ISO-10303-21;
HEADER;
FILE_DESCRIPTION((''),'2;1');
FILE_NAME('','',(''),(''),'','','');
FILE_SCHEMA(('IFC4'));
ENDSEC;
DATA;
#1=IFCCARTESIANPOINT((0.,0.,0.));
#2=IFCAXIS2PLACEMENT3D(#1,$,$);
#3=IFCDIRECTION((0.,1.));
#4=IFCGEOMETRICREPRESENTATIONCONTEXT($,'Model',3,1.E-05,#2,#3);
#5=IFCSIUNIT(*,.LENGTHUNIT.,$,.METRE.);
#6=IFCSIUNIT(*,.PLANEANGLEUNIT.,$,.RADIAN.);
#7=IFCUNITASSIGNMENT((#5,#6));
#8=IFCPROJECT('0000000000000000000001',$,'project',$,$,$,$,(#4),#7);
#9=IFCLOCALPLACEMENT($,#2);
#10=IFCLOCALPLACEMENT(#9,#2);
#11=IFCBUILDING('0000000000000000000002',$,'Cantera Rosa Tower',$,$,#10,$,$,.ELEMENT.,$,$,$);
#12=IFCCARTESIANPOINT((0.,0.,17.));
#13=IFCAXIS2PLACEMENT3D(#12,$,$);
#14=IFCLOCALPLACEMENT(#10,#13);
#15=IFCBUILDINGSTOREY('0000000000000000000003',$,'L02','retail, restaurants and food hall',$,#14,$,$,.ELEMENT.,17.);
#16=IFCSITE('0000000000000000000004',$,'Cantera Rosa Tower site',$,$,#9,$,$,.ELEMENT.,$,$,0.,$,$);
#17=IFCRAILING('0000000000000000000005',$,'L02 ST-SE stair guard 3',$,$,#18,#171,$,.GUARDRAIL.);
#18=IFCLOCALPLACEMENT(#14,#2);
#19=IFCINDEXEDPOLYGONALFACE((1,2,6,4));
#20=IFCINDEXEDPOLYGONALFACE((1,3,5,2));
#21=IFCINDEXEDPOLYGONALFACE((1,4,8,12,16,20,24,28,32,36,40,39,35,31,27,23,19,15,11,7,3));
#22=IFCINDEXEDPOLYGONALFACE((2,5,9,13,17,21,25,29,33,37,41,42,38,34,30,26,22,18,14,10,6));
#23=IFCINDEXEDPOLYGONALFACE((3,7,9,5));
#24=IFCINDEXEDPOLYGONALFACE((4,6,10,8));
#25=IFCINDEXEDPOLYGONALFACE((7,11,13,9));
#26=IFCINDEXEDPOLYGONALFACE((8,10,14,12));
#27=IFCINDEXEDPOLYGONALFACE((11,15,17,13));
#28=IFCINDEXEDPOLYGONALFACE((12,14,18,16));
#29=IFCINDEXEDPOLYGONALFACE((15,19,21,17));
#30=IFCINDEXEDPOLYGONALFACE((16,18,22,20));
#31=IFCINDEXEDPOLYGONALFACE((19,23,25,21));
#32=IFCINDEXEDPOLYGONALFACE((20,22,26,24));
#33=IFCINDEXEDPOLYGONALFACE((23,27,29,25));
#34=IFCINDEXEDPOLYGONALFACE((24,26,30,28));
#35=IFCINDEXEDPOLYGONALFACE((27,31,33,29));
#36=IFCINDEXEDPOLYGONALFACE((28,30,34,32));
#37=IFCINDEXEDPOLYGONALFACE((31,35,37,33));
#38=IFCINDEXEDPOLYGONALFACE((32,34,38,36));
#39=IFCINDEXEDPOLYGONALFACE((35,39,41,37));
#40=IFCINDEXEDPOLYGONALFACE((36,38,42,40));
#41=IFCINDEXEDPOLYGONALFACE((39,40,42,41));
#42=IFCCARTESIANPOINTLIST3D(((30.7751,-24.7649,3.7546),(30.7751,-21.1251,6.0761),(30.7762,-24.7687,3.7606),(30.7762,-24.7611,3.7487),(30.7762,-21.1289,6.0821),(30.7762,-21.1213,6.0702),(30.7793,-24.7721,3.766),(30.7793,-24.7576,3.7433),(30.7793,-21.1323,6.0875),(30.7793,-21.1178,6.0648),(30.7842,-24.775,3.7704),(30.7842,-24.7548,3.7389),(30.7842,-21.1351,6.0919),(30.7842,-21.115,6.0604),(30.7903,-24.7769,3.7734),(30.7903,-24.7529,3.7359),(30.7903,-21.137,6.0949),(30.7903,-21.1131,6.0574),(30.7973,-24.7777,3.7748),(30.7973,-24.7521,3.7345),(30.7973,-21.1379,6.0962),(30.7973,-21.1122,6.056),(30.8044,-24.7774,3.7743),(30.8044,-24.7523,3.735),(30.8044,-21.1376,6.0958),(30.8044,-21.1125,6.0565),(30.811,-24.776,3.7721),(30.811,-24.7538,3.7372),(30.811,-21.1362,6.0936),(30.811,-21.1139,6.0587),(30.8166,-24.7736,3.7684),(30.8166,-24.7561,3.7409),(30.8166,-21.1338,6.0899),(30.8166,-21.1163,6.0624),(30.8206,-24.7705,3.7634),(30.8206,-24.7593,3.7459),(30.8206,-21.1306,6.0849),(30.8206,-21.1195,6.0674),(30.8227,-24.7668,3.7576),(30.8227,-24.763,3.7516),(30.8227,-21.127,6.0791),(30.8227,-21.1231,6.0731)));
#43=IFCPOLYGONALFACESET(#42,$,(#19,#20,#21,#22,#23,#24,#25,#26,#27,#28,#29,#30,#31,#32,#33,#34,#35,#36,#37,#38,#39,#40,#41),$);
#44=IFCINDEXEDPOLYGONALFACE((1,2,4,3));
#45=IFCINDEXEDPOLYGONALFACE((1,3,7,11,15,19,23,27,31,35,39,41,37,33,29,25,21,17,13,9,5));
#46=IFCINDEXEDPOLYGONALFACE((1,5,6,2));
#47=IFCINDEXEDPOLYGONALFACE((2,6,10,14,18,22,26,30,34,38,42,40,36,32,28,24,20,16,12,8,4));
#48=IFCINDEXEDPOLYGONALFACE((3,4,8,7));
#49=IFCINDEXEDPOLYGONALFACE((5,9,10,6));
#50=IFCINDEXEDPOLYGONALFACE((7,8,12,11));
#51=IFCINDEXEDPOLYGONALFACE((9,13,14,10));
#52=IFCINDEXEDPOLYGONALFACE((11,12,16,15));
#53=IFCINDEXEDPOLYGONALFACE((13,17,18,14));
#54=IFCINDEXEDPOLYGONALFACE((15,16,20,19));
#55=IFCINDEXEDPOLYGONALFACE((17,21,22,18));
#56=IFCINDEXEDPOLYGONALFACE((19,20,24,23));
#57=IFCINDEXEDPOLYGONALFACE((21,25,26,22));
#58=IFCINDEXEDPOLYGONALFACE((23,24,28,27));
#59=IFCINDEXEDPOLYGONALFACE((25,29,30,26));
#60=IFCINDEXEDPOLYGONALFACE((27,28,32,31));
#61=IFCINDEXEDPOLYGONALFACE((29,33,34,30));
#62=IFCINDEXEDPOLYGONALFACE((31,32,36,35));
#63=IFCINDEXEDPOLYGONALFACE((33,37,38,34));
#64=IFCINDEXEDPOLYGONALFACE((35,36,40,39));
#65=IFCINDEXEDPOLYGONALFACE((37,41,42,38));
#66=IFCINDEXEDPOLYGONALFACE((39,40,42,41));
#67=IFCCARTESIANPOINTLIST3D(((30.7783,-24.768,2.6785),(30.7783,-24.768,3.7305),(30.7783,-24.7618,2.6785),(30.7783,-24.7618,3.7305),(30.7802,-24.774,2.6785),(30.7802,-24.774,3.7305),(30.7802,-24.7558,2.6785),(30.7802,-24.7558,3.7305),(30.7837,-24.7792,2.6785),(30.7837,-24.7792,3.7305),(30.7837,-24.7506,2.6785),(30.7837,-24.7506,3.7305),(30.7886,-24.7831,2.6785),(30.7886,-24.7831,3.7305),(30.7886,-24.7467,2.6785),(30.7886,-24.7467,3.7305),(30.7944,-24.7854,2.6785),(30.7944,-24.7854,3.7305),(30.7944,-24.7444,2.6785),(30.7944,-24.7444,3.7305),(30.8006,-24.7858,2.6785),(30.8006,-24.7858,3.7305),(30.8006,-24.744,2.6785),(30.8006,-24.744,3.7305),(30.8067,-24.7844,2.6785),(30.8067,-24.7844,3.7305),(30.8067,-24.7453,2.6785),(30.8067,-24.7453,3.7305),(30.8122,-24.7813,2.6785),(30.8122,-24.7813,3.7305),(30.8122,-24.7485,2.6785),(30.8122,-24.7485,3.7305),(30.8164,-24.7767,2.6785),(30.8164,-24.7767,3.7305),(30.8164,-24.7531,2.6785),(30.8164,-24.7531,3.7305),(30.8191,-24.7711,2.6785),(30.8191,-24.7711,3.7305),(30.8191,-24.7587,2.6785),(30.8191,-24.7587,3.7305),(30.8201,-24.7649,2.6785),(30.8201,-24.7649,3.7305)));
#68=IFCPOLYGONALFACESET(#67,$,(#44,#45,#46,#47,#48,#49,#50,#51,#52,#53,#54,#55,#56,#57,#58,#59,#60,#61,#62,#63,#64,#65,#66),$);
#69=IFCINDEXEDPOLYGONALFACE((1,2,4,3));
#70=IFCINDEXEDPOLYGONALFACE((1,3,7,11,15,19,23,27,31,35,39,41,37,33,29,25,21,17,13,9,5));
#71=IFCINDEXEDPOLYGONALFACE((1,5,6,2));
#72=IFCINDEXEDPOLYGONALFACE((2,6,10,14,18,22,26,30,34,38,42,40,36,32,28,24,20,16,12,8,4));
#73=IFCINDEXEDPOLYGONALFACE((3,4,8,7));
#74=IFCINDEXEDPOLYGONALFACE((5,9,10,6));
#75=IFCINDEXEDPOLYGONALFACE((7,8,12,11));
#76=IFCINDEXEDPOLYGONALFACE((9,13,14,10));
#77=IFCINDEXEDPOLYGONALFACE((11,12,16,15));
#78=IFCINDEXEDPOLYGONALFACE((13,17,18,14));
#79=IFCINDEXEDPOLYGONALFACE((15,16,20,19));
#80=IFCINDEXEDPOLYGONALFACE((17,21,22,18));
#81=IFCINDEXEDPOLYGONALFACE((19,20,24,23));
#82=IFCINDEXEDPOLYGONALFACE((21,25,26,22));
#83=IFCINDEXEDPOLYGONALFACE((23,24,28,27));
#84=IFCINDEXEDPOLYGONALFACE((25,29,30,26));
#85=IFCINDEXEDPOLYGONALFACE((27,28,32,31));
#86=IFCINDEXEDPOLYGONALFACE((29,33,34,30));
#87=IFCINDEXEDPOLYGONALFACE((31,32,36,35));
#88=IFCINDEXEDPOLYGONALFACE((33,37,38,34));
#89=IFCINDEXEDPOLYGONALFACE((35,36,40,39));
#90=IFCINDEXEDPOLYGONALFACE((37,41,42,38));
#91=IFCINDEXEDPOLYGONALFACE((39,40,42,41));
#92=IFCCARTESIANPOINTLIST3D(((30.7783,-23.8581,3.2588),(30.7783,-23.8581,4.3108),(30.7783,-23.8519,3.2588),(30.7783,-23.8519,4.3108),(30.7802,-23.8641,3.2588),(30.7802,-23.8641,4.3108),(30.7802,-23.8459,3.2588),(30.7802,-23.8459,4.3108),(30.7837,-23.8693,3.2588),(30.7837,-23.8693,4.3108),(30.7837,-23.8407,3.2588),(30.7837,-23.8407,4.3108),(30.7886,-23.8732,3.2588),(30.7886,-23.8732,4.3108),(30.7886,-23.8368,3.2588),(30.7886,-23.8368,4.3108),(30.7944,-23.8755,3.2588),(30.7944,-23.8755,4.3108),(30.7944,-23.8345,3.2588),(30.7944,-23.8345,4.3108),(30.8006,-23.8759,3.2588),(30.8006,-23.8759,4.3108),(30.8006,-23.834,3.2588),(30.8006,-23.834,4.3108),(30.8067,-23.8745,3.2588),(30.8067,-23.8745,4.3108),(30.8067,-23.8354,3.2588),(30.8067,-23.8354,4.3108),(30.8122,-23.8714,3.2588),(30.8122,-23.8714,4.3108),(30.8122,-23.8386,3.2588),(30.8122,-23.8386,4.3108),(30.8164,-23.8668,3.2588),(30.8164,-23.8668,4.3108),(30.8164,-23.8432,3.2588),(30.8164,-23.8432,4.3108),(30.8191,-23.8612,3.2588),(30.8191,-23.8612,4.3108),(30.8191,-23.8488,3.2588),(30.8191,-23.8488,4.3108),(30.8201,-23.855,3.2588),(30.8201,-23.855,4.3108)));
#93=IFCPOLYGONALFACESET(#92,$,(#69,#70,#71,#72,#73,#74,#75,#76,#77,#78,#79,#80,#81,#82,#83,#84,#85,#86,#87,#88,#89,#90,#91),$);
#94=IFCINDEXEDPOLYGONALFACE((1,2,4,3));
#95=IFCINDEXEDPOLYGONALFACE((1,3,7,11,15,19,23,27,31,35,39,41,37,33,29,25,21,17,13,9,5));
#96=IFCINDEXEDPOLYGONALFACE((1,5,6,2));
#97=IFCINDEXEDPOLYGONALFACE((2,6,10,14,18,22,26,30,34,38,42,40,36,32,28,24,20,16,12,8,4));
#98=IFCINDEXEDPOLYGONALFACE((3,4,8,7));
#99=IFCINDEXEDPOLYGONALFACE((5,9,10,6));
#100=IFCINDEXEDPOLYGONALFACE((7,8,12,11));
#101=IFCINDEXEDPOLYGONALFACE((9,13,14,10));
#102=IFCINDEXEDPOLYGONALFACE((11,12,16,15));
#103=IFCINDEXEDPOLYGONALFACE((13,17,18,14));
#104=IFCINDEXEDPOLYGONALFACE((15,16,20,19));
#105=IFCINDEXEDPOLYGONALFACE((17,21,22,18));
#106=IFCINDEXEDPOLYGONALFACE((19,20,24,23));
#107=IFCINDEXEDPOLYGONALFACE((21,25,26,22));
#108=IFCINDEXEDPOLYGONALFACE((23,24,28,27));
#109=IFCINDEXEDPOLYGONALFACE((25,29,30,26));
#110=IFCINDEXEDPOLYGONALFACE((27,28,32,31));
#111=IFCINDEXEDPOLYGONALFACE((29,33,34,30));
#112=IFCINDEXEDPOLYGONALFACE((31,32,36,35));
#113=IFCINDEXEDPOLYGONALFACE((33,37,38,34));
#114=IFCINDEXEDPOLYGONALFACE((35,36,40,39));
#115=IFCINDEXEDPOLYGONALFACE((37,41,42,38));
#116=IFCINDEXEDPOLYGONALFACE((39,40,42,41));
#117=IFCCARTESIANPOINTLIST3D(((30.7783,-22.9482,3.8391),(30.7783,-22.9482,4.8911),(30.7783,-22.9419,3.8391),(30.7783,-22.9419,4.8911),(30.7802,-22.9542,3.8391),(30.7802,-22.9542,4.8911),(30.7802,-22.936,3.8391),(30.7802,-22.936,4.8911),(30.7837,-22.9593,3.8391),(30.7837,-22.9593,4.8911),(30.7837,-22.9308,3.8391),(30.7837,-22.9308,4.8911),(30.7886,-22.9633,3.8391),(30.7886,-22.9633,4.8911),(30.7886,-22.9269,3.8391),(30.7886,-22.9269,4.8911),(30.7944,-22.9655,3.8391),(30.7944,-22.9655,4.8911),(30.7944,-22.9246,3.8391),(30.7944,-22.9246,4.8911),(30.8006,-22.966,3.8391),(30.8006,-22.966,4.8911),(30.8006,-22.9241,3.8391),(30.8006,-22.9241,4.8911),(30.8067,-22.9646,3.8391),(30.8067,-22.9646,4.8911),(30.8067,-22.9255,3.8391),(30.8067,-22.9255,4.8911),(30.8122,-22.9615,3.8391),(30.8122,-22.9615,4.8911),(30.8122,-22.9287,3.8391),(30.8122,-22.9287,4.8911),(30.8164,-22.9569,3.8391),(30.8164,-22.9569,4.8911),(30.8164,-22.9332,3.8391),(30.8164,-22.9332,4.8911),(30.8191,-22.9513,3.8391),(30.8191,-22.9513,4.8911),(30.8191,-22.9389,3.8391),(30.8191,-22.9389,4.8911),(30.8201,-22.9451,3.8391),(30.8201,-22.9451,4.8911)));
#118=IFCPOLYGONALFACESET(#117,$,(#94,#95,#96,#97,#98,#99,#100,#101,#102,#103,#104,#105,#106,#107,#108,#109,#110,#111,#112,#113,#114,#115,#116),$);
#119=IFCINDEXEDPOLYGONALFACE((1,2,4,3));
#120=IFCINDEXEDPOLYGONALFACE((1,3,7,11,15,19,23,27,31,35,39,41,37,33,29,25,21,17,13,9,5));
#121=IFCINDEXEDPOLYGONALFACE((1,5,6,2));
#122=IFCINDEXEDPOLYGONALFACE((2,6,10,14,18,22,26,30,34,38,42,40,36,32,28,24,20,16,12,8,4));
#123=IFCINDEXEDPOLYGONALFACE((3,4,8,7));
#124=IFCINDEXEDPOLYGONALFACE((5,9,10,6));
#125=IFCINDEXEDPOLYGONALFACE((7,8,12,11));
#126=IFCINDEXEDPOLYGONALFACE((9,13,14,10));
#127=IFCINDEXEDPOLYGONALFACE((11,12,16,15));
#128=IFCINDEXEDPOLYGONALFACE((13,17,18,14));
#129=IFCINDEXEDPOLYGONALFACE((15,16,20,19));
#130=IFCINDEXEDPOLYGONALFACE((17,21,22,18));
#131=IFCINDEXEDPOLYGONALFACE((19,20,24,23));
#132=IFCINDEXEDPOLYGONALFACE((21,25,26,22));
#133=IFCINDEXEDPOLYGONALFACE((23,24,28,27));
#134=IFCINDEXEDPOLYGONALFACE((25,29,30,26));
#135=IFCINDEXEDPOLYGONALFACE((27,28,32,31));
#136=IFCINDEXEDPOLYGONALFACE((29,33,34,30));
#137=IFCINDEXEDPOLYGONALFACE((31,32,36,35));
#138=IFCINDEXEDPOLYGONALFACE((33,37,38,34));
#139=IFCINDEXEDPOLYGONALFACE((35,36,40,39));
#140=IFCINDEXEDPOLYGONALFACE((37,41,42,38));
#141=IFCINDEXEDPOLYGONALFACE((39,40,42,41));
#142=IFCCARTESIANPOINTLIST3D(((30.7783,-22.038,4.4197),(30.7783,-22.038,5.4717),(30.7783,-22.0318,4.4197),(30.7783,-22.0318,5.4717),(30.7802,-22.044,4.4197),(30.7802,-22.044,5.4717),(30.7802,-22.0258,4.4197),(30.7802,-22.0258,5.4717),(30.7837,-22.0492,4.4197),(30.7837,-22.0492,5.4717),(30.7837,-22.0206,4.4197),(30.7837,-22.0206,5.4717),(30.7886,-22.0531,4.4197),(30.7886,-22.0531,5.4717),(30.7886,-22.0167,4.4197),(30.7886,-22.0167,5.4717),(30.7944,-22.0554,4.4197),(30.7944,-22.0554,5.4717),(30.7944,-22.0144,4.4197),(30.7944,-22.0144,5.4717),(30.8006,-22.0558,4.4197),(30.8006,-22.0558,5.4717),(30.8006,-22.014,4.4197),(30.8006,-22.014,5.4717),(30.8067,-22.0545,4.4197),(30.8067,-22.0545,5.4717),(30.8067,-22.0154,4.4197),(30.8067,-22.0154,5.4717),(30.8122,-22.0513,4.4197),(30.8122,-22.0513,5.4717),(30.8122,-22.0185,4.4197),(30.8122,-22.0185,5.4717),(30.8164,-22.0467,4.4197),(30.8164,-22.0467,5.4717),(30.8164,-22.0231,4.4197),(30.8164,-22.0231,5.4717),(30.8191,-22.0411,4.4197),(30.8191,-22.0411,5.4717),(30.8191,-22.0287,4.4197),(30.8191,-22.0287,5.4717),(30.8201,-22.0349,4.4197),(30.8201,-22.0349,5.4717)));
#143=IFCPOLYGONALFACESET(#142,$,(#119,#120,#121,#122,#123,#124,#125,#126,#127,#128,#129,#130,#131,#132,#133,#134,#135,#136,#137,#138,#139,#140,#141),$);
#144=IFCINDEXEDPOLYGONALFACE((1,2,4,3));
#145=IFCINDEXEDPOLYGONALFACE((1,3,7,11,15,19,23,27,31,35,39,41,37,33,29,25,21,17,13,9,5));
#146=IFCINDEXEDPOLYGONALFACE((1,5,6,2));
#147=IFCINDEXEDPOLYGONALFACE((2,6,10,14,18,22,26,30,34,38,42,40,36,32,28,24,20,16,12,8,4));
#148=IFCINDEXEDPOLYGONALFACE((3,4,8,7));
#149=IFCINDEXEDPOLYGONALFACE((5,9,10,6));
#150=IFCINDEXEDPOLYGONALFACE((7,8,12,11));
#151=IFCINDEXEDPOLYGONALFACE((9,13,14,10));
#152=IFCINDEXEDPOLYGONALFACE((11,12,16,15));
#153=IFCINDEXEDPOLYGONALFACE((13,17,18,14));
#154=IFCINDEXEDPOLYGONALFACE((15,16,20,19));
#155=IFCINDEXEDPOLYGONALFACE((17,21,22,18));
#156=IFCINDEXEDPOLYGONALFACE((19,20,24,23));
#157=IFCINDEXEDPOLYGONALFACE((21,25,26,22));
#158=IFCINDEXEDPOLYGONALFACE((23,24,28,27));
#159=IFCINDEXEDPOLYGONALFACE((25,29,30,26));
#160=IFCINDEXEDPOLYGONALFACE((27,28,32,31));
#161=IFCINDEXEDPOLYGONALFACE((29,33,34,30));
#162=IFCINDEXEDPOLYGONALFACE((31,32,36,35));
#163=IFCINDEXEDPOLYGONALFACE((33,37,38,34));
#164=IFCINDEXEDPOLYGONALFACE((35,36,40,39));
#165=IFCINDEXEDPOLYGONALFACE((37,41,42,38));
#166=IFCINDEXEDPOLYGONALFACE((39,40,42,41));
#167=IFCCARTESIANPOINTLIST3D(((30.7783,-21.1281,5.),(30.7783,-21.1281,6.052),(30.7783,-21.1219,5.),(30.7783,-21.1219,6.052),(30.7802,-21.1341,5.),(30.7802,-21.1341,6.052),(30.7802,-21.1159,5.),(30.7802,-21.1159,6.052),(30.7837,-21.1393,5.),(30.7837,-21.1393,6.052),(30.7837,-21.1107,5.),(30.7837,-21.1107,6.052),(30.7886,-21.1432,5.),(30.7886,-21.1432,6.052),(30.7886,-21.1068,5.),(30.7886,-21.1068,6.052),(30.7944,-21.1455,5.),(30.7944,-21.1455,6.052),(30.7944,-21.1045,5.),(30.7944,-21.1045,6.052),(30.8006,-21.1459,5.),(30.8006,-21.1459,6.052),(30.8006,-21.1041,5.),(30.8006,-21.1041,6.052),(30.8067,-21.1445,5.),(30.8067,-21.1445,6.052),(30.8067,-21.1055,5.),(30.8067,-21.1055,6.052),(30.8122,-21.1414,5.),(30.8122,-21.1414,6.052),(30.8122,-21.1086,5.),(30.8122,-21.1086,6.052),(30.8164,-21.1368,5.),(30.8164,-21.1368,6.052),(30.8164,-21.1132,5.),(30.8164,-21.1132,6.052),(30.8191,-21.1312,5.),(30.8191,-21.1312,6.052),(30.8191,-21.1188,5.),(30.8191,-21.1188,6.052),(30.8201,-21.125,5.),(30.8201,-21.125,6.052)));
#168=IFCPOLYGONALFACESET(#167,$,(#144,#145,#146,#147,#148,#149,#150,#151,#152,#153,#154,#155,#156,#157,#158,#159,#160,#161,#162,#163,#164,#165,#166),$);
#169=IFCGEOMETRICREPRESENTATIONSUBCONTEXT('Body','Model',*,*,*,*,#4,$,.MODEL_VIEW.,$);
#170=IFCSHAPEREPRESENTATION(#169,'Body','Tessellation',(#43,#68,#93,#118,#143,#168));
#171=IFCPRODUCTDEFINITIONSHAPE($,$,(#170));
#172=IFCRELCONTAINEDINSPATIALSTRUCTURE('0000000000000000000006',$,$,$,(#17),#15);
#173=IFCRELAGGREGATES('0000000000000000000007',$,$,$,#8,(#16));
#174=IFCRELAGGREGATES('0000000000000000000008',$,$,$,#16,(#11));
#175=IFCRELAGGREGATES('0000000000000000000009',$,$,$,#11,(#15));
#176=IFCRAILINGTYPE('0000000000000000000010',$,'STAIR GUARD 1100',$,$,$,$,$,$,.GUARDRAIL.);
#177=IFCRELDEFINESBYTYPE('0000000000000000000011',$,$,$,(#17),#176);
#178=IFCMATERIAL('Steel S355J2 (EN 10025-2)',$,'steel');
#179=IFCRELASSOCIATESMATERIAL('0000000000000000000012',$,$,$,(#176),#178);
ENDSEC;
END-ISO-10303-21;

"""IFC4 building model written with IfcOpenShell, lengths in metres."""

from ifc_helpers import new_model, si_unit, direction, frame, origin, origin_2d, place, context, subcontext, project, spatial, circle, extrude, material, type_object, element, save


model = new_model("IFC4")

# Units and contexts
model_context = context("Model", 3, precision=1e-05, world=origin(), true_north=direction((0.0, 1.0)))
body_context = subcontext(model_context, "Body", "Model", "MODEL_VIEW")
ifc_project = project(units=[si_unit("LENGTHUNIT", "METRE"), si_unit("PLANEANGLEUNIT", "RADIAN")], contexts=[model_context])

# Site, building, storey
site_placement = place(None, origin())
site = spatial("IfcSite", under=ifc_project, at=site_placement, Name="Cantera Rosa Tower site", CompositionType="ELEMENT", RefElevation=0.0)
building_placement = place(site_placement, origin())
building = spatial("IfcBuilding", under=site, at=building_placement, Name="Cantera Rosa Tower", CompositionType="ELEMENT")
storey_placement = place(building_placement, frame((0.0, 0.0, 17.0)))
storey = spatial("IfcBuildingStorey", under=building, at=storey_placement, Name="L02", Description="retail, restaurants and food hall", CompositionType="ELEMENT", Elevation=17.0)

# Railing
ifc_material_1 = material(Name="Steel S355J2 (EN 10025-2)", Category="steel")
railing_type_1 = type_object("IfcRailingType", Name="STAIR GUARD 1100", PredefinedType="GUARDRAIL", material=ifc_material_1)
railing_1_placement = place(storey_placement, frame((30.7991, -24.7649, 2.6785)))
element("IfcRailing", 1, at=railing_1_placement, inside=storey, type_object=railing_type_1, Name="L02 ST-SE stair guard 3", PredefinedType="GUARDRAIL", context=body_context, shape_type="SweptSolid", body=[
    extrude(circle(Radius=0.0239, at=origin_2d()), frame((0.0, 0.0, 1.0762), z_axis=(0.0, 0.843112, 0.537739), x_axis=(-1.0, 0.0, 0.0)), (0.0, 0.0, 1.0), 4.3171),
    extrude(circle(Radius=0.021, at=origin_2d()), origin(), (0.0, 0.0, 1.0), 1.052),
    extrude(circle(Radius=0.021, at=origin_2d()), frame((0.0, 0.9099, 0.5803)), (0.0, 0.0, 1.0), 1.052),
    extrude(circle(Radius=0.021, at=origin_2d()), frame((0.0, 1.8198, 1.1606)), (0.0, 0.0, 1.0), 1.052),
    extrude(circle(Radius=0.021, at=origin_2d()), frame((0.0, 2.73, 1.7412)), (0.0, 0.0, 1.0), 1.052),
    extrude(circle(Radius=0.021, at=origin_2d()), frame((0.0, 3.6399, 2.3215)), (0.0, 0.0, 1.0), 1.052),
])

save(model, "model.ifc")
